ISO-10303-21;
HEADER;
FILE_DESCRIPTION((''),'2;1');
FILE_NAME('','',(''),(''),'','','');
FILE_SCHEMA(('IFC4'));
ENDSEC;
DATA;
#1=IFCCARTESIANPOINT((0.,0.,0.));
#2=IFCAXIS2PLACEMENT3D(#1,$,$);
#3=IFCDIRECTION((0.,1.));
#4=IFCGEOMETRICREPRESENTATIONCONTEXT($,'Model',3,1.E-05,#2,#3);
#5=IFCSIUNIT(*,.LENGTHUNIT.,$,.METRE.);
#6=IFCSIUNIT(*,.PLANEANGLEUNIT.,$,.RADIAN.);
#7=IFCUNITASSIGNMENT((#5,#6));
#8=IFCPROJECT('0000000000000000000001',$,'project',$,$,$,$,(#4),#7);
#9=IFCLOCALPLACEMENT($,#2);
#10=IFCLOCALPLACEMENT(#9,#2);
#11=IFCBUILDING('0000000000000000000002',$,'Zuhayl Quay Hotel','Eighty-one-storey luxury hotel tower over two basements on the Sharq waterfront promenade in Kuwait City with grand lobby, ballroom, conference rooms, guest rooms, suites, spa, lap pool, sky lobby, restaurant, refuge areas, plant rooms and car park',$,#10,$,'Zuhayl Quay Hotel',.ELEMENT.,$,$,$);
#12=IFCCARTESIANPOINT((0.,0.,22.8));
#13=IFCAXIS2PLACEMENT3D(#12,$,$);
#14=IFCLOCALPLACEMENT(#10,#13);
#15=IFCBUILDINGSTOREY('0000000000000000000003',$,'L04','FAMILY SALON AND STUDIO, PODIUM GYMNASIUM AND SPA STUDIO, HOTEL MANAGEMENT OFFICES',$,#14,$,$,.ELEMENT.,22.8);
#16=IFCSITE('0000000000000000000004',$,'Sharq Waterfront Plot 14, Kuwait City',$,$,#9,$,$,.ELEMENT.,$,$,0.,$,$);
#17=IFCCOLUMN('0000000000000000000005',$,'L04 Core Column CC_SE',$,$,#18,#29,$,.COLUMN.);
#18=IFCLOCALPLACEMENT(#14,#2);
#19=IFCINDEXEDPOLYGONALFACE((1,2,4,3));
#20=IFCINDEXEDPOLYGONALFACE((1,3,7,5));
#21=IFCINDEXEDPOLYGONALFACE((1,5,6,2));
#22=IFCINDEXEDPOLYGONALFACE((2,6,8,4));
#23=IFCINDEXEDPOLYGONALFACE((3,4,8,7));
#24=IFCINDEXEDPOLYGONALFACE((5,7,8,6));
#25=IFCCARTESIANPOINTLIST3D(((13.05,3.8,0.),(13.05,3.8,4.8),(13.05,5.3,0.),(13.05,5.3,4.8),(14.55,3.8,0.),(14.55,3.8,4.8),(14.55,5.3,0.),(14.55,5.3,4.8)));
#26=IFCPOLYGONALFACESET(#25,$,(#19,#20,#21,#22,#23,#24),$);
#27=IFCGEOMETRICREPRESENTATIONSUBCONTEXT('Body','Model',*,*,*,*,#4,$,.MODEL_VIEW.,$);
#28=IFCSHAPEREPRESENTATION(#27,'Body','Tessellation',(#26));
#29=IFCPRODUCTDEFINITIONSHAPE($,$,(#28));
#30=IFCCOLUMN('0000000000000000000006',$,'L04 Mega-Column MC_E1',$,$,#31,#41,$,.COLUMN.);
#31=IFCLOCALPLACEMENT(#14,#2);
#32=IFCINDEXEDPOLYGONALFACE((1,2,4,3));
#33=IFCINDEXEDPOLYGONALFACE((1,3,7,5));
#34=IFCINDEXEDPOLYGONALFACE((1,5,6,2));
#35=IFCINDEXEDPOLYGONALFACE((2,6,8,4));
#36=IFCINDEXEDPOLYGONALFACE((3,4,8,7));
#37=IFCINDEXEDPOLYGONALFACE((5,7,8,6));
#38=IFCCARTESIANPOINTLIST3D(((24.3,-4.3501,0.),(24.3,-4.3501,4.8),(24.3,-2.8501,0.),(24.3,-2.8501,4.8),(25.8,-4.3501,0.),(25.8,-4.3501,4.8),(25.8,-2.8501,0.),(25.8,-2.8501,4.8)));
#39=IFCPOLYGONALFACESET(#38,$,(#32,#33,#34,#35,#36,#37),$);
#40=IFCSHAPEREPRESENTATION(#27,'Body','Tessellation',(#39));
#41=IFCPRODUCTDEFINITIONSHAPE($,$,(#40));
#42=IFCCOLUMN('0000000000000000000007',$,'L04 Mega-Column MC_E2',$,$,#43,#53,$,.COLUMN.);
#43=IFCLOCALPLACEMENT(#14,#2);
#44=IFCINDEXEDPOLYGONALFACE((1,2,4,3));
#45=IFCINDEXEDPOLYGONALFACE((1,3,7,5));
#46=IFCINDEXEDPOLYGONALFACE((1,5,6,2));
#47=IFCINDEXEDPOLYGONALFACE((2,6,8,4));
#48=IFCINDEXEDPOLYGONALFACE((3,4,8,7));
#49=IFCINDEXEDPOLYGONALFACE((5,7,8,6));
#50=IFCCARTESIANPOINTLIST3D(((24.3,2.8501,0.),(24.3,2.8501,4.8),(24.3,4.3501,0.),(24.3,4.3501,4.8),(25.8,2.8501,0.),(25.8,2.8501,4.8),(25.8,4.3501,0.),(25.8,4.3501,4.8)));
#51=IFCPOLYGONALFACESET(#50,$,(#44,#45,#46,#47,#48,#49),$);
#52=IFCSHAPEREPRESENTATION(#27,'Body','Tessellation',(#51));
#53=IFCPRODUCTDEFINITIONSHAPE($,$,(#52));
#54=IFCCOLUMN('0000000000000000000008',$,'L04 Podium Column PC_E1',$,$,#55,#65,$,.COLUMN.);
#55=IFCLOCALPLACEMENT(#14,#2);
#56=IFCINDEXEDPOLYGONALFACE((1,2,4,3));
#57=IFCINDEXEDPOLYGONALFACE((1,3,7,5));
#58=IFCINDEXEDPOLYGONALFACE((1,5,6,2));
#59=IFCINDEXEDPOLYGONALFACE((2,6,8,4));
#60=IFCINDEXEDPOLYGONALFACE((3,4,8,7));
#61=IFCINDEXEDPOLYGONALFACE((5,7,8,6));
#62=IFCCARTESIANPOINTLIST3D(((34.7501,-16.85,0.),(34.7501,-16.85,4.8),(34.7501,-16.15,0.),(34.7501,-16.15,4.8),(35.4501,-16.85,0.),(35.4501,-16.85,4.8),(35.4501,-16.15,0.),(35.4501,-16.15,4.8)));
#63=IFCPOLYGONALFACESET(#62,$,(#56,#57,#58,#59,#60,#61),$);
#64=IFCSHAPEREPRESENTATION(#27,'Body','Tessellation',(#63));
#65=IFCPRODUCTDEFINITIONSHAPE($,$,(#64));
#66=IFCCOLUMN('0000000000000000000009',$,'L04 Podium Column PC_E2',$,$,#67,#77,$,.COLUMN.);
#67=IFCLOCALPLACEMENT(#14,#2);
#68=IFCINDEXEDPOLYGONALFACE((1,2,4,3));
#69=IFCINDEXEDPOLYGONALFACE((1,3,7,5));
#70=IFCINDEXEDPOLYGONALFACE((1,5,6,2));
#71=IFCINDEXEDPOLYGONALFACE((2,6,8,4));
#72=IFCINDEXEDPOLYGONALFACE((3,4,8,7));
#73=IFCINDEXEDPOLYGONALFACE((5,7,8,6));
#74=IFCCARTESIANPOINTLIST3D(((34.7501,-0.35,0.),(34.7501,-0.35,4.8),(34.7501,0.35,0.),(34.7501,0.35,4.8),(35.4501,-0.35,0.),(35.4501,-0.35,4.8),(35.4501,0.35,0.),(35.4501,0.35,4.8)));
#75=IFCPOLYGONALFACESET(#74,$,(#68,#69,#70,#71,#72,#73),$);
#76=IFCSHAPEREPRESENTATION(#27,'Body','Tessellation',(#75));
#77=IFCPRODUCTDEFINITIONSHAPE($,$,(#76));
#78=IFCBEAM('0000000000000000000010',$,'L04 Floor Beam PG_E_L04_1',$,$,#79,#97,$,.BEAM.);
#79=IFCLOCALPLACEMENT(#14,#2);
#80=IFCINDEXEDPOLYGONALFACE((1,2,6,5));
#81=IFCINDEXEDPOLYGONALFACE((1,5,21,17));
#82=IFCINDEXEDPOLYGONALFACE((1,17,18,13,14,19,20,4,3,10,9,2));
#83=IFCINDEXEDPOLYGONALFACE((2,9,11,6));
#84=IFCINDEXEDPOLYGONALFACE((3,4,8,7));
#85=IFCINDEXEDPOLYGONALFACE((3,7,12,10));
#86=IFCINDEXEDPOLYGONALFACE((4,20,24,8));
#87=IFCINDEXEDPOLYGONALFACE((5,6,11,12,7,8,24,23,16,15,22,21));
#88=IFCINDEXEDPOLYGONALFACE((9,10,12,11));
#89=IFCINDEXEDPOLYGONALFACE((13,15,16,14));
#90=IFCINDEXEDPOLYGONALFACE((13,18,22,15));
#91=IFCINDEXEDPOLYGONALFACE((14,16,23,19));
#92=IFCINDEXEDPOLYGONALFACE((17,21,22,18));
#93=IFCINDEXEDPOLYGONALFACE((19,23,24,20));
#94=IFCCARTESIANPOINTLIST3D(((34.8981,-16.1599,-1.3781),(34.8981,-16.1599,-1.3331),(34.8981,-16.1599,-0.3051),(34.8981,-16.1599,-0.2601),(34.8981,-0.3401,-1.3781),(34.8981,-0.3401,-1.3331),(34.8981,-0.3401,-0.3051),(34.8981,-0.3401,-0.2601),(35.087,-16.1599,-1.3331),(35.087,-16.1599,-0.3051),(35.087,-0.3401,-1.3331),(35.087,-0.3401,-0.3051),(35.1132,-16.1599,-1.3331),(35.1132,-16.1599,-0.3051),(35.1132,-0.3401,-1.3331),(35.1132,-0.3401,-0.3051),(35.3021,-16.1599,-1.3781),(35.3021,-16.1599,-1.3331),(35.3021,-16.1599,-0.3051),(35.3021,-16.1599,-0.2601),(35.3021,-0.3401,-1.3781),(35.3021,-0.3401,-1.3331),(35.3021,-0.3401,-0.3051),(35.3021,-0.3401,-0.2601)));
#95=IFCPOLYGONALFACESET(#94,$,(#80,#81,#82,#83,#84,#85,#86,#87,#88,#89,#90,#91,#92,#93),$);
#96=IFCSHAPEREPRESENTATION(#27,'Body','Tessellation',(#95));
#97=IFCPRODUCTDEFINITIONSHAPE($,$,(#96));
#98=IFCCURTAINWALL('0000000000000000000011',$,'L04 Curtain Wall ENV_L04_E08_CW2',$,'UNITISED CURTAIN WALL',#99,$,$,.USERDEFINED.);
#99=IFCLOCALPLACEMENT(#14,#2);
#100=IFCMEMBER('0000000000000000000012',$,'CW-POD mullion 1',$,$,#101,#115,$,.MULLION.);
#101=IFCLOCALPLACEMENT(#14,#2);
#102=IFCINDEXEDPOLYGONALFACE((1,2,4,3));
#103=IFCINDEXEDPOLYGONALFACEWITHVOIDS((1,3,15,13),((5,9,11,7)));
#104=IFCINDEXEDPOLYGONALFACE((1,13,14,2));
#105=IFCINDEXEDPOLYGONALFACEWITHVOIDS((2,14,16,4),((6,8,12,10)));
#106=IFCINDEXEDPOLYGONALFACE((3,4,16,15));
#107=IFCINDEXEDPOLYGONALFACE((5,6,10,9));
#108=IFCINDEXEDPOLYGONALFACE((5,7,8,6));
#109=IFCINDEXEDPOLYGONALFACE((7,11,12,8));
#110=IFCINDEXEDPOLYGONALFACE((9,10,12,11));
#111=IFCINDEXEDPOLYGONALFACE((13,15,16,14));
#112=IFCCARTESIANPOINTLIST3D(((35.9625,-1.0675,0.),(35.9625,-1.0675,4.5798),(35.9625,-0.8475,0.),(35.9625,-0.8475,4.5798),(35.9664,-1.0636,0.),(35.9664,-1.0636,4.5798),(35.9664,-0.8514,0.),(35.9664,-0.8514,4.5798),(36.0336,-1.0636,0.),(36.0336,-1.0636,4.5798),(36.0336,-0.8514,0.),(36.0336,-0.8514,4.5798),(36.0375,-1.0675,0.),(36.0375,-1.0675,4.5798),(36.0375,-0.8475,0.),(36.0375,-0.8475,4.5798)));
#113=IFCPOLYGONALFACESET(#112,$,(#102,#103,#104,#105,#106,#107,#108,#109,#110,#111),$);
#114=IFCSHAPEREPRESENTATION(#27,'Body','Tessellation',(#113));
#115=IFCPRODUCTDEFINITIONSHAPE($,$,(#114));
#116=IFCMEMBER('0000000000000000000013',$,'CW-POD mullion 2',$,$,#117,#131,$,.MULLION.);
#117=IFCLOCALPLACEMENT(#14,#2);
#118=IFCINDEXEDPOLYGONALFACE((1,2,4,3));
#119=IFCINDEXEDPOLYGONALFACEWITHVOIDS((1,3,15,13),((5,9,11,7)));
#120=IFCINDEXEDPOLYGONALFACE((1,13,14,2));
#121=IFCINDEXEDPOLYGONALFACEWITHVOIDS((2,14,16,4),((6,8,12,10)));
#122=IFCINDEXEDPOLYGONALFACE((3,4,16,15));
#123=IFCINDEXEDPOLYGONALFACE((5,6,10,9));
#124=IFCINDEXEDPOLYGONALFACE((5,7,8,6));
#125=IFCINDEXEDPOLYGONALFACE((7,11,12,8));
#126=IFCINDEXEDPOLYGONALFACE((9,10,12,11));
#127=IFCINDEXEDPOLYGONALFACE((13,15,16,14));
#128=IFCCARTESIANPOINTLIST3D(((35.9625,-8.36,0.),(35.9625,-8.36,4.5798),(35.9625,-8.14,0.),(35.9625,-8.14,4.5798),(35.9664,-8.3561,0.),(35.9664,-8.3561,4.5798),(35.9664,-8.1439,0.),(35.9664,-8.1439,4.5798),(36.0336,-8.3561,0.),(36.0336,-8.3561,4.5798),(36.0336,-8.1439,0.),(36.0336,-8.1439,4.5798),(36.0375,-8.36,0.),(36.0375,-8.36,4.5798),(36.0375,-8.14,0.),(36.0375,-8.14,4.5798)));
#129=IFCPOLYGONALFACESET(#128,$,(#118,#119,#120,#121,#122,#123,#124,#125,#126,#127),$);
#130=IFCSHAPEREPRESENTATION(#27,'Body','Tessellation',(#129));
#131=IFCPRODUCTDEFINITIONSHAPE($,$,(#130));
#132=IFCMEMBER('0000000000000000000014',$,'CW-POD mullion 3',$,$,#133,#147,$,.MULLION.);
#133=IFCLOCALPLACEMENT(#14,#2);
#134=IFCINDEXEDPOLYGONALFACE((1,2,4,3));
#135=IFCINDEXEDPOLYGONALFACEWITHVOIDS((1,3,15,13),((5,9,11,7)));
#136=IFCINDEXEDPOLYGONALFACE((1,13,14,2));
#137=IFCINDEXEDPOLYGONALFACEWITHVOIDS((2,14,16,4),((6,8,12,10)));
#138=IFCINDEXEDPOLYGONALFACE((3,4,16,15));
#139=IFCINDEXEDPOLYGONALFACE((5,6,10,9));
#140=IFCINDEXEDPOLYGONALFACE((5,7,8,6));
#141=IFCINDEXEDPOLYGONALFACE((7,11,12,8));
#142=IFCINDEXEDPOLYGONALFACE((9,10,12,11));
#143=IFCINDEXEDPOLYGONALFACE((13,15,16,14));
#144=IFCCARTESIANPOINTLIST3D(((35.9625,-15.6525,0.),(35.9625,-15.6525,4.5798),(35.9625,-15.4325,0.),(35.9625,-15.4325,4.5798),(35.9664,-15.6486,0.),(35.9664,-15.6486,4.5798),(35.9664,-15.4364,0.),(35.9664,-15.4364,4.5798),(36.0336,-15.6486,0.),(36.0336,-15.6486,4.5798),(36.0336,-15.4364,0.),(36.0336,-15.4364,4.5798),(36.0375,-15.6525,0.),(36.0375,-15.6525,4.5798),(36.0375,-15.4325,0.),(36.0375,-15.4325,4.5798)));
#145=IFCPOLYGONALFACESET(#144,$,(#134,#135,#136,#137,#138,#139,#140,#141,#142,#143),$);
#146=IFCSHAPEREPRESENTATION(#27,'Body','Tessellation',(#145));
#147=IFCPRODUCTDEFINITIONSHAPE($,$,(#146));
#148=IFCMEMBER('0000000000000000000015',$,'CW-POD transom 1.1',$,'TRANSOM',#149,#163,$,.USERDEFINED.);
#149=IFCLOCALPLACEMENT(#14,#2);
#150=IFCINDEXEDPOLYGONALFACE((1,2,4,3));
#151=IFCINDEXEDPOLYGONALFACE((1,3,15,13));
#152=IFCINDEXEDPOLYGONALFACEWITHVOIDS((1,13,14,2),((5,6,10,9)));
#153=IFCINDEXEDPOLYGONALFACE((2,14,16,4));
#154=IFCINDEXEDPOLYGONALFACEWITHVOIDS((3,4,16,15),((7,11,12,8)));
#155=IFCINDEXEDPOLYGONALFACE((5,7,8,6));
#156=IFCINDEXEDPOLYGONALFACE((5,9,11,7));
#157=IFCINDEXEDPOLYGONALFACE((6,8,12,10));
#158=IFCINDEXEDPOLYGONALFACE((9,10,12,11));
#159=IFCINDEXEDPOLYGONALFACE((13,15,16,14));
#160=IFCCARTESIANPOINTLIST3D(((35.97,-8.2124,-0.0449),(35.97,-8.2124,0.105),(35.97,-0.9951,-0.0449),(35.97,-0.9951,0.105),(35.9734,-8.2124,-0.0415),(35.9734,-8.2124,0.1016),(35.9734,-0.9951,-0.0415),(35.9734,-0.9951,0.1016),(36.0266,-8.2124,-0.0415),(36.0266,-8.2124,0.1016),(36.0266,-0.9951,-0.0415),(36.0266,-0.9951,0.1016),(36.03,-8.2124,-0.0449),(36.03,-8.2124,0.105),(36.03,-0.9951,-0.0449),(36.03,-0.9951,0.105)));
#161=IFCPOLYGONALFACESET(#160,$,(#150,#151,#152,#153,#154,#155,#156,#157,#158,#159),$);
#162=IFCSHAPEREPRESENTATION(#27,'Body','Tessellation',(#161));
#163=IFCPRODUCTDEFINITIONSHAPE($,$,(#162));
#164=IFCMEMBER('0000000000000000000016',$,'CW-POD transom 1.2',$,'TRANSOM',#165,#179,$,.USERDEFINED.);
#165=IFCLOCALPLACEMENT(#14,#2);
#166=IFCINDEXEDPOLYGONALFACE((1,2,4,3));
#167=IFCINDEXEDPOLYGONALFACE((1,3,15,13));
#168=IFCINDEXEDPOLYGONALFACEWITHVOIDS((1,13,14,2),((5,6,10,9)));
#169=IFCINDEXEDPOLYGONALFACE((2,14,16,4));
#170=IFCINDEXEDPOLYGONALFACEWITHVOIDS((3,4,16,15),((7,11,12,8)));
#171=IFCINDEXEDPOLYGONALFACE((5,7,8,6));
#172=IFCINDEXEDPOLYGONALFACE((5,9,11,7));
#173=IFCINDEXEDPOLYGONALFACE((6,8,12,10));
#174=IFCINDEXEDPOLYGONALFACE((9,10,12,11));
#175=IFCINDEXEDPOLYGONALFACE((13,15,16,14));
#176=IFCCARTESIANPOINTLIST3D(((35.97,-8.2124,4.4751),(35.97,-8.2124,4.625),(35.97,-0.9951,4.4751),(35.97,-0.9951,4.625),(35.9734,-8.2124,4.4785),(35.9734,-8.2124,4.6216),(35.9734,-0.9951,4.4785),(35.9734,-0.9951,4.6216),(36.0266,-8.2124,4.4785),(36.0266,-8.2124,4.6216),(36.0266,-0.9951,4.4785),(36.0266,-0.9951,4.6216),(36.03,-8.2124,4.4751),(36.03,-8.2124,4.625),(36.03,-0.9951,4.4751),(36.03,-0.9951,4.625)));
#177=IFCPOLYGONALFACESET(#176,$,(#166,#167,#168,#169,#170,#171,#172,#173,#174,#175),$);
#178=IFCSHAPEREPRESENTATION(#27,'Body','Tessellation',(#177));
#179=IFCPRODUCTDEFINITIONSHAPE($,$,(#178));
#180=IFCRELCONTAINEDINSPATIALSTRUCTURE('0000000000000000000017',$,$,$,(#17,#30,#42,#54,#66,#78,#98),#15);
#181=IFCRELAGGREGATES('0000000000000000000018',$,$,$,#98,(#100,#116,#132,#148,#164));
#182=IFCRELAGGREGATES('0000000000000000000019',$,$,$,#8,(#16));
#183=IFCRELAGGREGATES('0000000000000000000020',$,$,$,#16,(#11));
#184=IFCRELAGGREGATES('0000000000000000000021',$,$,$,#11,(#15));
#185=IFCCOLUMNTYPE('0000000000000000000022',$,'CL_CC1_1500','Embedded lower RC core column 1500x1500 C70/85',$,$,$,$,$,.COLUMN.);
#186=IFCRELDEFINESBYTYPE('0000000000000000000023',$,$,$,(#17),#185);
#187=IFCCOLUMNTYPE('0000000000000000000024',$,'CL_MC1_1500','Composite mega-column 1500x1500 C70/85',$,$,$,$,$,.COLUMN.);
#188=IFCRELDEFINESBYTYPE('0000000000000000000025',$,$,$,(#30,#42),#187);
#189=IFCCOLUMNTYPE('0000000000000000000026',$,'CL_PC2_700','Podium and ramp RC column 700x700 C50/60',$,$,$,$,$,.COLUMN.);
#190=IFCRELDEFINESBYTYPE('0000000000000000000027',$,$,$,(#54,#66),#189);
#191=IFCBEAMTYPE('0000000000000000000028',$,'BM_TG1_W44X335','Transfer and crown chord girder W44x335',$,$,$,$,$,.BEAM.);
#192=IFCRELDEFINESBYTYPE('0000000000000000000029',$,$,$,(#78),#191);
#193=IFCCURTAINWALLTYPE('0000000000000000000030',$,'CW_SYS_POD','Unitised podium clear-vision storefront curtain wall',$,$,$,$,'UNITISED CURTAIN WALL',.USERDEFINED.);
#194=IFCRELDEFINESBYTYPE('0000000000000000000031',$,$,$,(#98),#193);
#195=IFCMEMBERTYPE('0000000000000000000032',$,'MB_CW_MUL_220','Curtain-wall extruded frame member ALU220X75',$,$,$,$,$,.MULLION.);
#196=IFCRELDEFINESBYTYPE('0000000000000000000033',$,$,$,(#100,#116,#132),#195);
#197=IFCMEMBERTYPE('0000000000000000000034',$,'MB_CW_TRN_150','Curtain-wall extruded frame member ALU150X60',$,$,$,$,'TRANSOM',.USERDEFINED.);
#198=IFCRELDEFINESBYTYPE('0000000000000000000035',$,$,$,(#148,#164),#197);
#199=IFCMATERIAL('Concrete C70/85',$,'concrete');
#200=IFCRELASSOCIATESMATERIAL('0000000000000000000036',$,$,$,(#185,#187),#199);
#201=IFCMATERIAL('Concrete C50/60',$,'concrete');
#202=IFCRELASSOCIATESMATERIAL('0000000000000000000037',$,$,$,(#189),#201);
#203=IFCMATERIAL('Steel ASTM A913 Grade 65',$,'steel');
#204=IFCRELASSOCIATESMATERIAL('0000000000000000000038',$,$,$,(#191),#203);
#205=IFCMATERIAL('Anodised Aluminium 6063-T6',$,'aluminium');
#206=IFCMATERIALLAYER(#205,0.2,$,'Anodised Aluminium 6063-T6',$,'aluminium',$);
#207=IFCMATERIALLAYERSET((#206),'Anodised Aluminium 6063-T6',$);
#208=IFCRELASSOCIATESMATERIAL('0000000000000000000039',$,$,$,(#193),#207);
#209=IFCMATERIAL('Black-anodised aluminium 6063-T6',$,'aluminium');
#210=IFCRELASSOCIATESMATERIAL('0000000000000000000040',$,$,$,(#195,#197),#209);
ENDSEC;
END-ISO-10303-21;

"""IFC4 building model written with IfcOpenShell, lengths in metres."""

from ifc_helpers import new_model, si_unit, direction, frame, origin, origin_2d, place, context, subcontext, project, spatial, rectangle, hollow_rectangle, i_section, extrude, material, layer, layer_set, material_profile, profile_set, type_object, element, aggregate, save


model = new_model("IFC4")

# Units and contexts
model_context = context("Model", 3, precision=1e-05, world=origin(), true_north=direction((0.0, 1.0)))
body_context = subcontext(model_context, "Body", "Model", "MODEL_VIEW")
ifc_project = project(units=[si_unit("LENGTHUNIT", "METRE"), si_unit("PLANEANGLEUNIT", "RADIAN")], contexts=[model_context])

# Site, building, storey
site_placement = place(None, origin())
site = spatial("IfcSite", under=ifc_project, at=site_placement, Name="Sharq Waterfront Plot 14, Kuwait City", CompositionType="ELEMENT", RefElevation=0.0)
building_placement = place(site_placement, origin())
building = spatial("IfcBuilding", under=site, at=building_placement, Name="Zuhayl Quay Hotel", Description="Eighty-one-storey luxury hotel tower over two basements on the Sharq waterfront promenade in Kuwait City with grand lobby, ballroom, conference rooms, guest rooms, suites, spa, lap pool, sky lobby, restaurant, refuge areas, plant rooms and car park", LongName="Zuhayl Quay Hotel", CompositionType="ELEMENT")
storey_placement = place(building_placement, frame((0.0, 0.0, 22.8)))
storey = spatial("IfcBuildingStorey", under=building, at=storey_placement, Name="L04", Description="FAMILY SALON AND STUDIO, PODIUM GYMNASIUM AND SPA STUDIO, HOTEL MANAGEMENT OFFICES", CompositionType="ELEMENT", Elevation=22.8)

# Columns
ifc_material_1 = material(Name="Concrete C70/85", Category="concrete")
ifc_material_profile_1 = material_profile(ifc_material_1, rectangle(XDim=1.5, YDim=1.5, at=origin_2d()), Name="RC1500X1500")
ifc_profile_set_1 = profile_set([ifc_material_profile_1], Name="Concrete C70/85")
column_type_1 = type_object("IfcColumnType", Name="CL_CC1_1500", Description="Embedded lower RC core column 1500x1500 C70/85", PredefinedType="COLUMN", material=ifc_profile_set_1)
column_placement = place(storey_placement, frame((13.8, 4.55, 0.0), z_axis=(0.0, 0.0, 1.0), x_axis=(1.0, 0.0, 0.0)))
element("IfcColumn", 1, at=column_placement, inside=storey, type_object=column_type_1, Name="L04 Core Column CC_SE", PredefinedType="COLUMN", context=body_context, shape_type="SweptSolid", body=[
    extrude(rectangle(XDim=1.5, YDim=1.5, at=origin_2d()), origin(), (0.0, 0.0, 1.0), 4.8),
])
ifc_material_profile_2 = material_profile(ifc_material_1, rectangle(XDim=1.5, YDim=1.5, at=origin_2d()), Name="RC1500X1500")
ifc_profile_set_2 = profile_set([ifc_material_profile_2], Name="Concrete C70/85")
column_type_2 = type_object("IfcColumnType", Name="CL_MC1_1500", Description="Composite mega-column 1500x1500 C70/85", PredefinedType="COLUMN", material=ifc_profile_set_2)
for number, where, z_axis, x_axis, name in (
    (2, (25.05, -3.6001, 0.0), (0.0, 0.0, 1.0), (1.0, 0.0, 0.0), "L04 Mega-Column MC_E1"),
    (3, (25.05, 3.6001, 0.0), (0.0, 0.0, 1.0), (1.0, 0.0, 0.0), "L04 Mega-Column MC_E2"),
):
    element("IfcColumn", number, at=place(storey_placement, frame(where, z_axis=z_axis, x_axis=x_axis)), inside=storey, type_object=column_type_2, Name=name, PredefinedType="COLUMN", context=body_context, shape_type="SweptSolid", body=[
        extrude(rectangle(XDim=1.5, YDim=1.5, at=origin_2d()), origin(), (0.0, 0.0, 1.0), 4.8),
    ])
ifc_material_2 = material(Name="Concrete C50/60", Category="concrete")
ifc_material_profile_3 = material_profile(ifc_material_2, rectangle(XDim=0.7, YDim=0.7, at=origin_2d()), Name="RC700X700")
ifc_profile_set_3 = profile_set([ifc_material_profile_3], Name="Concrete C50/60")
column_type_3 = type_object("IfcColumnType", Name="CL_PC2_700", Description="Podium and ramp RC column 700x700 C50/60", PredefinedType="COLUMN", material=ifc_profile_set_3)
for number, where, z_axis, x_axis, name in (
    (4, (35.1001, -16.5, 0.0), (0.0, 0.0, 1.0), (1.0, 0.0, 0.0), "L04 Podium Column PC_E1"),
    (5, (35.1001, 0.0, 0.0), (0.0, 0.0, 1.0), (1.0, 0.0, 0.0), "L04 Podium Column PC_E2"),
):
    element("IfcColumn", number, at=place(storey_placement, frame(where, z_axis=z_axis, x_axis=x_axis)), inside=storey, type_object=column_type_3, Name=name, PredefinedType="COLUMN", context=body_context, shape_type="SweptSolid", body=[
        extrude(rectangle(XDim=0.7, YDim=0.7, at=origin_2d()), origin(), (0.0, 0.0, 1.0), 4.8),
    ])

# Beam
ifc_material_3 = material(Name="Steel ASTM A913 Grade 65", Category="steel")
ifc_material_profile_4 = material_profile(ifc_material_3, i_section(OverallWidth=0.4041, OverallDepth=1.1179, WebThickness=0.0261, FlangeThickness=0.0449, at=origin_2d()), Name="W44X335")
ifc_profile_set_4 = profile_set([ifc_material_profile_4], Name="Steel ASTM A913 Grade 65")
beam_type = type_object("IfcBeamType", Name="BM_TG1_W44X335", Description="Transfer and crown chord girder W44x335", PredefinedType="BEAM", material=ifc_profile_set_4)
beam_placement = place(storey_placement, frame((35.1001, -16.1599, -0.8191), z_axis=(0.0, 1.0, 0.0), x_axis=(-1.0, 0.0, 0.0)))
element("IfcBeam", 6, at=beam_placement, inside=storey, type_object=beam_type, Name="L04 Floor Beam PG_E_L04_1", PredefinedType="BEAM", context=body_context, shape_type="SweptSolid", body=[
    extrude(i_section(OverallWidth=0.4041, OverallDepth=1.1179, WebThickness=0.0261, FlangeThickness=0.0449, at=origin_2d()), origin(), (0.0, 0.0, 1.0), 15.8198),
])

# Curtain wall, members
ifc_material_4 = material(Name="Anodised Aluminium 6063-T6", Category="aluminium")
ifc_layer_1 = layer(ifc_material_4, 0.2, Name="Anodised Aluminium 6063-T6", Category="aluminium")
ifc_layer_set_1 = layer_set([ifc_layer_1], Name="Anodised Aluminium 6063-T6")
curtain_wall_type = type_object("IfcCurtainWallType", Name="CW_SYS_POD", Description="Unitised podium clear-vision storefront curtain wall", ElementType="UNITISED CURTAIN WALL", PredefinedType="USERDEFINED", material=ifc_layer_set_1)
curtain_wall_placement = place(storey_placement, origin())
curtain_wall = element("IfcCurtainWall", 7, at=curtain_wall_placement, inside=storey, type_object=curtain_wall_type, Name="L04 Curtain Wall ENV_L04_E08_CW2", ObjectType="UNITISED CURTAIN WALL", PredefinedType="USERDEFINED")
ifc_material_5 = material(Name="Black-anodised aluminium 6063-T6", Category="aluminium")
ifc_material_profile_5 = material_profile(ifc_material_5, hollow_rectangle(XDim=0.075, YDim=0.22, WallThickness=0.0039, at=origin_2d()), Name="ALU220X75")
ifc_profile_set_5 = profile_set([ifc_material_profile_5], Name="Black-anodised aluminium 6063-T6")
member_type_1 = type_object("IfcMemberType", Name="MB_CW_MUL_220", Description="Curtain-wall extruded frame member ALU220X75", PredefinedType="MULLION", material=ifc_profile_set_5)
member_1_placement = place(storey_placement, frame((36.0, -0.9575, 0.0), z_axis=(0.0, 0.0, 1.0), x_axis=(1.0, 0.0, 0.0)))
member_1 = element("IfcMember", 8, at=member_1_placement, type_object=member_type_1, Name="CW-POD mullion 1", PredefinedType="MULLION", context=body_context, shape_type="SweptSolid", body=[
    extrude(hollow_rectangle(XDim=0.075, YDim=0.22, WallThickness=0.0039, at=origin_2d()), origin(), (0.0, 0.0, 1.0), 4.5798),
])
member_2_placement = place(storey_placement, frame((36.0, -8.25, 0.0), z_axis=(0.0, 0.0, 1.0), x_axis=(1.0, 0.0, 0.0)))
member_2 = element("IfcMember", 9, at=member_2_placement, type_object=member_type_1, Name="CW-POD mullion 2", PredefinedType="MULLION", context=body_context, shape_type="SweptSolid", body=[
    extrude(hollow_rectangle(XDim=0.075, YDim=0.22, WallThickness=0.0039, at=origin_2d()), origin(), (0.0, 0.0, 1.0), 4.5798),
])
member_3_placement = place(storey_placement, frame((36.0, -15.5425, 0.0), z_axis=(0.0, 0.0, 1.0), x_axis=(1.0, 0.0, 0.0)))
member_3 = element("IfcMember", 10, at=member_3_placement, type_object=member_type_1, Name="CW-POD mullion 3", PredefinedType="MULLION", context=body_context, shape_type="SweptSolid", body=[
    extrude(hollow_rectangle(XDim=0.075, YDim=0.22, WallThickness=0.0039, at=origin_2d()), origin(), (0.0, 0.0, 1.0), 4.5798),
])
ifc_material_profile_6 = material_profile(ifc_material_5, hollow_rectangle(XDim=0.0601, YDim=0.1499, WallThickness=0.0034, at=origin_2d()), Name="ALU150X60")
ifc_profile_set_6 = profile_set([ifc_material_profile_6], Name="Black-anodised aluminium 6063-T6")
member_type_2 = type_object("IfcMemberType", Name="MB_CW_TRN_150", Description="Curtain-wall extruded frame member ALU150X60", ElementType="TRANSOM", PredefinedType="USERDEFINED", material=ifc_profile_set_6)
member_4_placement = place(storey_placement, frame((36.0, -0.9951, 0.03), z_axis=(0.0, -1.0, 0.0), x_axis=(1.0, 0.0, 0.0)))
member_4 = element("IfcMember", 11, at=member_4_placement, type_object=member_type_2, Name="CW-POD transom 1.1", ObjectType="TRANSOM", PredefinedType="USERDEFINED", context=body_context, shape_type="SweptSolid", body=[
    extrude(hollow_rectangle(XDim=0.0601, YDim=0.1499, WallThickness=0.0034, at=origin_2d()), origin(), (0.0, 0.0, 1.0), 7.2173),
])
member_5_placement = place(storey_placement, frame((36.0, -0.9951, 4.55), z_axis=(0.0, -1.0, 0.0), x_axis=(1.0, 0.0, 0.0)))
member_5 = element("IfcMember", 12, at=member_5_placement, type_object=member_type_2, Name="CW-POD transom 1.2", ObjectType="TRANSOM", PredefinedType="USERDEFINED", context=body_context, shape_type="SweptSolid", body=[
    extrude(hollow_rectangle(XDim=0.0601, YDim=0.1499, WallThickness=0.0034, at=origin_2d()), origin(), (0.0, 0.0, 1.0), 7.2173),
])
aggregate(curtain_wall, [member_1, member_2, member_3, member_4, member_5])

save(model, "model.ifc")
